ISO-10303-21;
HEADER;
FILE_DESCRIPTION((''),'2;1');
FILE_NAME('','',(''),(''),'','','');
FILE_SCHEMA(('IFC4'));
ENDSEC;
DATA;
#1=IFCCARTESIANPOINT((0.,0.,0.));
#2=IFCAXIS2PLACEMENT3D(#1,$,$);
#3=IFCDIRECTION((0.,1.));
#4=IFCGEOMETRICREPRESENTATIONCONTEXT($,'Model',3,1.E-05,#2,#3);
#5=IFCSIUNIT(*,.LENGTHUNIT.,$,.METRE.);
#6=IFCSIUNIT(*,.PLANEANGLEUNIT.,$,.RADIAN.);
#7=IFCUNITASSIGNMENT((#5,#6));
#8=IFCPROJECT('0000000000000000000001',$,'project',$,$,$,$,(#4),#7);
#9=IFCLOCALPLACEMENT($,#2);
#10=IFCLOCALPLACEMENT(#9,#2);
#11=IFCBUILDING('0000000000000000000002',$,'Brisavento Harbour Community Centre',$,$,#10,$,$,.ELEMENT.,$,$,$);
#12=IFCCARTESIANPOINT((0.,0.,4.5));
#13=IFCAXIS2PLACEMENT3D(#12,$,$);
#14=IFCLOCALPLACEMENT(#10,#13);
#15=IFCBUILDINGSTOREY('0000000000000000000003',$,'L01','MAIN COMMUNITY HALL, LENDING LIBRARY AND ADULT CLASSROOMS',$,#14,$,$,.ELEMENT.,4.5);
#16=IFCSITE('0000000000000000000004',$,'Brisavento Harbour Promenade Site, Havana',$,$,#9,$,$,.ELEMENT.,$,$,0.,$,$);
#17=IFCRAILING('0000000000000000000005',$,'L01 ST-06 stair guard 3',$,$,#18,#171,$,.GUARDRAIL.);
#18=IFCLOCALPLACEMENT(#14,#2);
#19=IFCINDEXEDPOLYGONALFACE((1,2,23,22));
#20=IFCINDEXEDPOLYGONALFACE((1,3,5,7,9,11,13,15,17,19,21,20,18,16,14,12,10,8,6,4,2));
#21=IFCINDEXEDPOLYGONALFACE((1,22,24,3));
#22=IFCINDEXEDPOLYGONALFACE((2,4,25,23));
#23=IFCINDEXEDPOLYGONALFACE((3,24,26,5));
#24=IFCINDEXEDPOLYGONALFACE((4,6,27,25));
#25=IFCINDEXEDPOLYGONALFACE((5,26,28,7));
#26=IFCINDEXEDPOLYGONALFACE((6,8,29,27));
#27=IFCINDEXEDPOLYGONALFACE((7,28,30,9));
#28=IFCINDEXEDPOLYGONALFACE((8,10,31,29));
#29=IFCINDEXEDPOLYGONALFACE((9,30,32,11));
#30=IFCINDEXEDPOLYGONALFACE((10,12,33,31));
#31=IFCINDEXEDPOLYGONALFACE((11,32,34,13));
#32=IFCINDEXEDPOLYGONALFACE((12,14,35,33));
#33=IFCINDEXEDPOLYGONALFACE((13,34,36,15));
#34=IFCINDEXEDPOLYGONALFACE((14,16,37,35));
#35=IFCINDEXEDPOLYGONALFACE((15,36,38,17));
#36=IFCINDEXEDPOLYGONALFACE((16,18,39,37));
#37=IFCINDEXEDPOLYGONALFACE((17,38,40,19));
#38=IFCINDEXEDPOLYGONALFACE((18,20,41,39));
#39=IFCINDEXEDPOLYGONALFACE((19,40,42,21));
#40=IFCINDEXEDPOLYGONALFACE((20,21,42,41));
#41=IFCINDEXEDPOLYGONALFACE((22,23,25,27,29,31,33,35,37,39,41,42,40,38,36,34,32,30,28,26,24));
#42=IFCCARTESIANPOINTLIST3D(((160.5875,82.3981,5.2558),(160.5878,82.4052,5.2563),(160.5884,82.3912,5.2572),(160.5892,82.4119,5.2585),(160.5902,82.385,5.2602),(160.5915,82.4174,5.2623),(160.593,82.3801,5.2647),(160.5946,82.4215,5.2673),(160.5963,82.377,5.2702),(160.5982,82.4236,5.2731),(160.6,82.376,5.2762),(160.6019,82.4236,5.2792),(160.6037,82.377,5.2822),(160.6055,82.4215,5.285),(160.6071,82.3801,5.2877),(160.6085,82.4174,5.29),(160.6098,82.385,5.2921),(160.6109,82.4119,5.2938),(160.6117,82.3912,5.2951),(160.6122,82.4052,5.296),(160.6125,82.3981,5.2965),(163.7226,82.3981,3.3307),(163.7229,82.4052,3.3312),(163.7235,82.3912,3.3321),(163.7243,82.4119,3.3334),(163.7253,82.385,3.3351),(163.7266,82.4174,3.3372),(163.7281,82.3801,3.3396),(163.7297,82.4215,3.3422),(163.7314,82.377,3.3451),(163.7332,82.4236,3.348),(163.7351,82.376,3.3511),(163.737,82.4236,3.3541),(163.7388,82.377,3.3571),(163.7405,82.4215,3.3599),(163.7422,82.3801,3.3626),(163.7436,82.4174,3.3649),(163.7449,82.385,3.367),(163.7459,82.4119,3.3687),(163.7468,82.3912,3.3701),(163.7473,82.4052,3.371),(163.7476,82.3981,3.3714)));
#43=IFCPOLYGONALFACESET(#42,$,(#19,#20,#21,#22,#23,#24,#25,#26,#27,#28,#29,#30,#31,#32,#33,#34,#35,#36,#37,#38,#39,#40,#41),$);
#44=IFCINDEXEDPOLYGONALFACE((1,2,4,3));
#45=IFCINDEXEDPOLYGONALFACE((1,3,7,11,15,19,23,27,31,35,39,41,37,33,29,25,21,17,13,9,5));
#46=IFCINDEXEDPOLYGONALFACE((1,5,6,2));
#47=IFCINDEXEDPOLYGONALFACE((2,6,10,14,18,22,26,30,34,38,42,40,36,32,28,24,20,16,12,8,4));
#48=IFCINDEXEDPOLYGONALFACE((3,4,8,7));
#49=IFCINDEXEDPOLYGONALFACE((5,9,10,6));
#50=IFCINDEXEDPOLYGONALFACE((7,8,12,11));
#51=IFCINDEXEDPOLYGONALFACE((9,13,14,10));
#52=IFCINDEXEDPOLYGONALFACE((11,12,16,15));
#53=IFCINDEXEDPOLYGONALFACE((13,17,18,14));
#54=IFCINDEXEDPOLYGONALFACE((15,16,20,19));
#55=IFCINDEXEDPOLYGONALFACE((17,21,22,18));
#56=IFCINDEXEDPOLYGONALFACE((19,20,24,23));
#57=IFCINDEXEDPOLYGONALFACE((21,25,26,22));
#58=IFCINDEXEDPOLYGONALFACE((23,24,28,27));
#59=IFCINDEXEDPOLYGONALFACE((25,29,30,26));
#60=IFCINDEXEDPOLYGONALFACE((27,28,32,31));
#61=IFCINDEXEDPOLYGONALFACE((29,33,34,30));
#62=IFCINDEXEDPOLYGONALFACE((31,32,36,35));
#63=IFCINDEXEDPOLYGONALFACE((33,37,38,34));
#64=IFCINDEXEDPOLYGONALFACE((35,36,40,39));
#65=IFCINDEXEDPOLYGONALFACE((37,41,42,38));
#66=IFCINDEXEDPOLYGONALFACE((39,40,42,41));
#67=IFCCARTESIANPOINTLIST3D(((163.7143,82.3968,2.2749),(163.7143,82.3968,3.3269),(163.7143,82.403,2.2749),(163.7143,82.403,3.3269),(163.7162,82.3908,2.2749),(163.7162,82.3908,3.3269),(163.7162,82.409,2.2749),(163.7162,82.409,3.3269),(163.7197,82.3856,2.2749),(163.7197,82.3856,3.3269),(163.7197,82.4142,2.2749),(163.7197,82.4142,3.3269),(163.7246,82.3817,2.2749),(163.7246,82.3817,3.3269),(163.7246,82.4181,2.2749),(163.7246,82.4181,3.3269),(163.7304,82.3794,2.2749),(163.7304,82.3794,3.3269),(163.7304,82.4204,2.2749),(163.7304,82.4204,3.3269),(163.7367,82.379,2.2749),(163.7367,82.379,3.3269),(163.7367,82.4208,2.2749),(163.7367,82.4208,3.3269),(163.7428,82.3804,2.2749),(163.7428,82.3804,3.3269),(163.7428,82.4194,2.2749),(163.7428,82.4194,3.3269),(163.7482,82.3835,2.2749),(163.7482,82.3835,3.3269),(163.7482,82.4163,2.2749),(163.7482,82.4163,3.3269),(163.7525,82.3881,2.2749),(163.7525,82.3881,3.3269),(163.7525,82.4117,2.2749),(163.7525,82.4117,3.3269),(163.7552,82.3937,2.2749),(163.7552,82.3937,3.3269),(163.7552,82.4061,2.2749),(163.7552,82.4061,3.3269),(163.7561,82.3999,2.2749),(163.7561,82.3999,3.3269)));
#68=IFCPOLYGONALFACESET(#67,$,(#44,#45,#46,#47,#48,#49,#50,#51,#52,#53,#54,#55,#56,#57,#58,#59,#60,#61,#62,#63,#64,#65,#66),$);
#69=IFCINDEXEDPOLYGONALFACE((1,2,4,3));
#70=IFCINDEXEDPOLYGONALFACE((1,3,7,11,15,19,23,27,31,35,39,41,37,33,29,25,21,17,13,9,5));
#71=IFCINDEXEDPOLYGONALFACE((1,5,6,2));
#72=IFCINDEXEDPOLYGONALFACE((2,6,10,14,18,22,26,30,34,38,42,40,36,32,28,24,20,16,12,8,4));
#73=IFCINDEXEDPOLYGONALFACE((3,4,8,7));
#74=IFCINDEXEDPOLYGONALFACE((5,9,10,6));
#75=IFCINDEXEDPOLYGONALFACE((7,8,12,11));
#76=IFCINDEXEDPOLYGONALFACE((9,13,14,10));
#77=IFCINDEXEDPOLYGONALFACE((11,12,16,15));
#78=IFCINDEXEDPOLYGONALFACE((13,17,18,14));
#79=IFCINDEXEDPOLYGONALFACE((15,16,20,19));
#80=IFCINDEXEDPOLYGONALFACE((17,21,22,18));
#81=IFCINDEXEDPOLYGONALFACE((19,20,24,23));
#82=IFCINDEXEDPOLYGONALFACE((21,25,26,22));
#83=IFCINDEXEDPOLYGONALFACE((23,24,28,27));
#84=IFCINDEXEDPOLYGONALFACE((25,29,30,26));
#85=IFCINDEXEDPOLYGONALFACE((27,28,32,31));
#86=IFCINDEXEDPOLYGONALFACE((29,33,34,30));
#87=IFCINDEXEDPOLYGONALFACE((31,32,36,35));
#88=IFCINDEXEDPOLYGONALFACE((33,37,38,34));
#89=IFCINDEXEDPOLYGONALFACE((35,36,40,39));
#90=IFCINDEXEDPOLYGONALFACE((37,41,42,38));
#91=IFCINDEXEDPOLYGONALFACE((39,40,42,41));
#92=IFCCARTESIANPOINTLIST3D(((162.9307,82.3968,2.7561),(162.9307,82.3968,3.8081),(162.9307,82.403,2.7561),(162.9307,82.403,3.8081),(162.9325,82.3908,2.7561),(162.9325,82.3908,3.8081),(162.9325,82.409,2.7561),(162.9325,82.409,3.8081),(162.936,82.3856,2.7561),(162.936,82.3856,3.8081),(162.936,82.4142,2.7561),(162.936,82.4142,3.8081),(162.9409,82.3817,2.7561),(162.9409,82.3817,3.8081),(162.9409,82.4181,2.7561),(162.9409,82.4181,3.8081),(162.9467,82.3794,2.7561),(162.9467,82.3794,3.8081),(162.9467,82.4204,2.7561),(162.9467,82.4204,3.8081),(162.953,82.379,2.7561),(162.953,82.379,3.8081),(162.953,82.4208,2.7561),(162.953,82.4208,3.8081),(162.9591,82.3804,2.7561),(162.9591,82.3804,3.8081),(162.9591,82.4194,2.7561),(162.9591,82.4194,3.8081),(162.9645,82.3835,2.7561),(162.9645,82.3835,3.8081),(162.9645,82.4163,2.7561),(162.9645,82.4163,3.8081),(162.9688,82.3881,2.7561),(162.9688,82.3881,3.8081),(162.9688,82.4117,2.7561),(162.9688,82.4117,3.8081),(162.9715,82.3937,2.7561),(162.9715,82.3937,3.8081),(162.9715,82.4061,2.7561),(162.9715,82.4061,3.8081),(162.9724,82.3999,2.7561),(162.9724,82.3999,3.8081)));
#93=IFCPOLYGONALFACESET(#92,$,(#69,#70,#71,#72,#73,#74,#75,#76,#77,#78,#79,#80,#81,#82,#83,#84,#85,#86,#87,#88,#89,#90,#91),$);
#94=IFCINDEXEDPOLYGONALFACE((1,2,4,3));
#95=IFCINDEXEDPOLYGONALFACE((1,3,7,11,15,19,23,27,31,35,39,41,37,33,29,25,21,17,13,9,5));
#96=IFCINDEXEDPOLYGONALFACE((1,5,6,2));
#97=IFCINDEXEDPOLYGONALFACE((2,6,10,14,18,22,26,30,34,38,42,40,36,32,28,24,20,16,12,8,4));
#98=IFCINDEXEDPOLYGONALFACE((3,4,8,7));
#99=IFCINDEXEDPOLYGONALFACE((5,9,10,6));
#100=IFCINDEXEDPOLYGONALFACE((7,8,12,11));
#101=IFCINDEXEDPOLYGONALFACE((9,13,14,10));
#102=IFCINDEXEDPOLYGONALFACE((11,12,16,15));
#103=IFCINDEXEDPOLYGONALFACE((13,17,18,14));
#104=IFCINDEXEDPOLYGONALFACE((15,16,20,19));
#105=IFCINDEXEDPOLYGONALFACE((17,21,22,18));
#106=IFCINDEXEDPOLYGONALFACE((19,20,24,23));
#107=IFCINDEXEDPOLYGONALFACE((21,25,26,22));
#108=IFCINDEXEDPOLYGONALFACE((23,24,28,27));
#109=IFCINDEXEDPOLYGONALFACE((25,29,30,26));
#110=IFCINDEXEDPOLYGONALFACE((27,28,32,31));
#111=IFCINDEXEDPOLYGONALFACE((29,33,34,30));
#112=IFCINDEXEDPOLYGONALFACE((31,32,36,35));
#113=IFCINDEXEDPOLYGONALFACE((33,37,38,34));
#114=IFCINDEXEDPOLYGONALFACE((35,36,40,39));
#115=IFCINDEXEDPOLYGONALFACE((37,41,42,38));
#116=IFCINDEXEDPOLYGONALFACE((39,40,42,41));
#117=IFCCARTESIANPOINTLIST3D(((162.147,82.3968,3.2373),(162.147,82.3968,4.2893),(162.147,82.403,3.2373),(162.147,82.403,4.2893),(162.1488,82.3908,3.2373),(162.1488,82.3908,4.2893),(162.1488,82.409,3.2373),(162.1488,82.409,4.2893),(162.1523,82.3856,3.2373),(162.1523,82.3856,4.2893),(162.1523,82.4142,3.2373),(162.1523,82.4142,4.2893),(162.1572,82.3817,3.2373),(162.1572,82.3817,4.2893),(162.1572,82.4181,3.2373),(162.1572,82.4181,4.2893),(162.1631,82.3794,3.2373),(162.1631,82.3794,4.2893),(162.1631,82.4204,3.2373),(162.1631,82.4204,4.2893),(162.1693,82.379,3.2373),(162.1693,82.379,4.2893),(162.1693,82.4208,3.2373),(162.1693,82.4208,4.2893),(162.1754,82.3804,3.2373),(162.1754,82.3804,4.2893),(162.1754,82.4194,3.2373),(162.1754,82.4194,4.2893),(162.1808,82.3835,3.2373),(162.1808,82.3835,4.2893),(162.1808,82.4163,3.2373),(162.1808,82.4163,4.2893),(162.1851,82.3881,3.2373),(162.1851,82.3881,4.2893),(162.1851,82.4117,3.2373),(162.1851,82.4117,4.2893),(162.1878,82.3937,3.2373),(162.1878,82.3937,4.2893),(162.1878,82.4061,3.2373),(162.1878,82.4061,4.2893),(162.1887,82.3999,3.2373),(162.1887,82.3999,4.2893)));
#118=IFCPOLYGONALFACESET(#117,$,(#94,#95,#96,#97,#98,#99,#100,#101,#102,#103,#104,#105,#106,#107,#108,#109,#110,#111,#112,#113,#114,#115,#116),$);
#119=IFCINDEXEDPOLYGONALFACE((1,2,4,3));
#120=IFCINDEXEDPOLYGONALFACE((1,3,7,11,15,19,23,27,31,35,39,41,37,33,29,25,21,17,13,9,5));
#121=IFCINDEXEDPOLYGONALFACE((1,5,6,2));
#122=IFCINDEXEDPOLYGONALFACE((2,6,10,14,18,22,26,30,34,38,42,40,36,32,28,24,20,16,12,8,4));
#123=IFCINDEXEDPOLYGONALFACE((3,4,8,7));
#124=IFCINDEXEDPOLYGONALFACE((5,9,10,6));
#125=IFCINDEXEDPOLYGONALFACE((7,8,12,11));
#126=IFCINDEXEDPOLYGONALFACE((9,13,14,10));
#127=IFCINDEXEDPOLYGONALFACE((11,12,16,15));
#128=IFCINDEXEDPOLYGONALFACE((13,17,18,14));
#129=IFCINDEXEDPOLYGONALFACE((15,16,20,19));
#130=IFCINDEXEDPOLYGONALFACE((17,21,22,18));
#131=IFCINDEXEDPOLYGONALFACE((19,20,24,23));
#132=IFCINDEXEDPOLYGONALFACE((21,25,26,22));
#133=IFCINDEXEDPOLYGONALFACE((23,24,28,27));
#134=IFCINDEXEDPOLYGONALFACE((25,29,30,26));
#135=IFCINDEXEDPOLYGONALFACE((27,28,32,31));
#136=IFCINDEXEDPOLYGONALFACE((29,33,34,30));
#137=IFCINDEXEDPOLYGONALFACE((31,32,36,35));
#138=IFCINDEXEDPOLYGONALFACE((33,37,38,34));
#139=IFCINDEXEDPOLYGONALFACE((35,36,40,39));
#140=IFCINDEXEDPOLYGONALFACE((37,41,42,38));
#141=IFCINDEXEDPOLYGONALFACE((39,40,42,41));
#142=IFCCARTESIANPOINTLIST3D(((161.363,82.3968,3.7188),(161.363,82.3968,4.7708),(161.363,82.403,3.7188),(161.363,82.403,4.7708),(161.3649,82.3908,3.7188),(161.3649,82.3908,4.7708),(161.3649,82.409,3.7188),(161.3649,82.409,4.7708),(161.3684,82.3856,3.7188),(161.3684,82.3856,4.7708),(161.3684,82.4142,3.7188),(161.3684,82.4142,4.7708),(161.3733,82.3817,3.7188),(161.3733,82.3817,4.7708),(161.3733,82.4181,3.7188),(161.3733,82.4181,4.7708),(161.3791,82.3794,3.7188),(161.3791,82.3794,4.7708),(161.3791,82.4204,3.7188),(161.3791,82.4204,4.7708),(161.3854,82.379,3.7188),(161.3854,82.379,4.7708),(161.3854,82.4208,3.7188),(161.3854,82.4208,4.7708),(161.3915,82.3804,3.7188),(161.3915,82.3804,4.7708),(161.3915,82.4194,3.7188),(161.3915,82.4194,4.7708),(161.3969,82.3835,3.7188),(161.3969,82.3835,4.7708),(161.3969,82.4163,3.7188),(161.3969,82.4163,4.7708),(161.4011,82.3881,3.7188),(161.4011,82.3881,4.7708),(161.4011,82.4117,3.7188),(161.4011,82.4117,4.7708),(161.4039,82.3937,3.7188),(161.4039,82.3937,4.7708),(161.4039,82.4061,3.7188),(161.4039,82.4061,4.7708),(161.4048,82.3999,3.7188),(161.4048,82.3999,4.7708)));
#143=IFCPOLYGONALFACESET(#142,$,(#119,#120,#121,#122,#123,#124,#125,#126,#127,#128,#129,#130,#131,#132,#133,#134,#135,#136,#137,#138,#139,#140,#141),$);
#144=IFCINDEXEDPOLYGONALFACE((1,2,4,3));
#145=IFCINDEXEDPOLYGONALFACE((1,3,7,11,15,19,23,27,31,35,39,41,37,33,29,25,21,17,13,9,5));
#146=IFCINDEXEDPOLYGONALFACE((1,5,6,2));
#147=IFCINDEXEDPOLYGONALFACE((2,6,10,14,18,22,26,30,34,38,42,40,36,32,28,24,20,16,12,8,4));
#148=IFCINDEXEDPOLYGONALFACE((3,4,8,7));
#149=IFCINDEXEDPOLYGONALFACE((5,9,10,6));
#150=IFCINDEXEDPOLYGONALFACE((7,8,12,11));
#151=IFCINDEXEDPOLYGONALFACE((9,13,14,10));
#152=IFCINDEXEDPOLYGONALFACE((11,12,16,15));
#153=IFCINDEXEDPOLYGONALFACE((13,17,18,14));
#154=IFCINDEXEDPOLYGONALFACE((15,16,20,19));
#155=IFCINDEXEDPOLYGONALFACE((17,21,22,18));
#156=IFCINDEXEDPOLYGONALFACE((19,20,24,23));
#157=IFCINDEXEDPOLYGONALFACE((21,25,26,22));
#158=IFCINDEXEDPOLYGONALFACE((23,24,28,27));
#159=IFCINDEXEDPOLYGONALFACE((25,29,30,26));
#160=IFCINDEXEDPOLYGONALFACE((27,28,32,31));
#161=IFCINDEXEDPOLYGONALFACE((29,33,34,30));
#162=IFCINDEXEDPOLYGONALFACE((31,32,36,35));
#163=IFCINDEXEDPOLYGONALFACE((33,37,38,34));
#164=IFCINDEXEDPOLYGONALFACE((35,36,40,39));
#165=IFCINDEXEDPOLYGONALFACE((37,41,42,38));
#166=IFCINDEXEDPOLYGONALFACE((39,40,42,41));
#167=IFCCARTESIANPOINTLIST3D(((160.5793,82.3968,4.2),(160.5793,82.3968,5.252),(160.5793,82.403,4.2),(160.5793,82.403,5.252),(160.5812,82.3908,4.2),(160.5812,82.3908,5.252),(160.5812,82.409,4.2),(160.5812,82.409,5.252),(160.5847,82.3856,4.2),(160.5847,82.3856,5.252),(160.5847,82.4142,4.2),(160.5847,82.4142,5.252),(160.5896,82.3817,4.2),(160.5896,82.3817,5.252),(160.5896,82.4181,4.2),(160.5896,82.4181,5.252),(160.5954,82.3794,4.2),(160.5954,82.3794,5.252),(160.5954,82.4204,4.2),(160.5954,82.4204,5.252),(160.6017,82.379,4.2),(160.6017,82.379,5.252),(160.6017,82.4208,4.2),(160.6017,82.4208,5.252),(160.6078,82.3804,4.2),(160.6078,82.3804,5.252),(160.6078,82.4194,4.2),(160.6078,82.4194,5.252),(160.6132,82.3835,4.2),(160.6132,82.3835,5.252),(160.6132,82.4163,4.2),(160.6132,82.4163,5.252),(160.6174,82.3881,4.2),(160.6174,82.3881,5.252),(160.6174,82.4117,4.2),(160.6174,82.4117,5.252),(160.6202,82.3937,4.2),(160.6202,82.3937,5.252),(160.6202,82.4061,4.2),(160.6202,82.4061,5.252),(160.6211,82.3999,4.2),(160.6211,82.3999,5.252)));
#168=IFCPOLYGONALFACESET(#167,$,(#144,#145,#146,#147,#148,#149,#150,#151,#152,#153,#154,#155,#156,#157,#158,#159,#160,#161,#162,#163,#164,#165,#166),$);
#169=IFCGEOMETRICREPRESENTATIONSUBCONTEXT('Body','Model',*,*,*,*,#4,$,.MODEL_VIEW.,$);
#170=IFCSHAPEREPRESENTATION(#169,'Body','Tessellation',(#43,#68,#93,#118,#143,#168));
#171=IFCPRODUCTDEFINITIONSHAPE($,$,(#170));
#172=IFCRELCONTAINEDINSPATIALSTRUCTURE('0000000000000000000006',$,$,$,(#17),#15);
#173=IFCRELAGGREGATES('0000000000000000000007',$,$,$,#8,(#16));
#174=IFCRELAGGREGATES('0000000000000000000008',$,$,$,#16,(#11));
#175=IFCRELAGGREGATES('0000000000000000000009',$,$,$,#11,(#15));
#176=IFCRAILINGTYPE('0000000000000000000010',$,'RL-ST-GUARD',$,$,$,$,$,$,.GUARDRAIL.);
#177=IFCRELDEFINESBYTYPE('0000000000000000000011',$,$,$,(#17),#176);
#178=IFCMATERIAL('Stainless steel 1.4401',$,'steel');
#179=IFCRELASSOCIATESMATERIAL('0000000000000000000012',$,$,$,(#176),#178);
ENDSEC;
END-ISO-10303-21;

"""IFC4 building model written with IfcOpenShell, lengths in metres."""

from ifc_helpers import new_model, si_unit, direction, frame, origin, origin_2d, place, context, subcontext, project, spatial, circle, extrude, material, type_object, element, save


model = new_model("IFC4")

# Units and contexts
model_context = context("Model", 3, precision=1e-05, world=origin(), true_north=direction((0.0, 1.0)))
body_context = subcontext(model_context, "Body", "Model", "MODEL_VIEW")
ifc_project = project(units=[si_unit("LENGTHUNIT", "METRE"), si_unit("PLANEANGLEUNIT", "RADIAN")], contexts=[model_context])

# Site, building, storey
site_placement = place(None, origin())
site = spatial("IfcSite", under=ifc_project, at=site_placement, Name="Brisavento Harbour Promenade Site, Havana", CompositionType="ELEMENT", RefElevation=0.0)
building_placement = place(site_placement, origin())
building = spatial("IfcBuilding", under=site, at=building_placement, Name="Brisavento Harbour Community Centre", CompositionType="ELEMENT")
storey_placement = place(building_placement, frame((0.0, 0.0, 4.5)))
storey = spatial("IfcBuildingStorey", under=building, at=storey_placement, Name="L01", Description="MAIN COMMUNITY HALL, LENDING LIBRARY AND ADULT CLASSROOMS", CompositionType="ELEMENT", Elevation=4.5)

# Railing
ifc_material_1 = material(Name="Stainless steel 1.4401", Category="steel")
railing_type_1 = type_object("IfcRailingType", Name="RL-ST-GUARD", PredefinedType="GUARDRAIL", material=ifc_material_1)
railing_1_placement = place(storey_placement, frame((163.7351, 82.3999, 2.2749)))
element("IfcRailing", 1, at=railing_1_placement, inside=storey, type_object=railing_type_1, Name="L01 ST-06 stair guard 3", PredefinedType="GUARDRAIL", context=body_context, shape_type="SweptSolid", body=[
    extrude(circle(Radius=0.0239, at=origin_2d()), frame((0.0, 0.0, 1.0762), z_axis=(-0.852166, 0.0, 0.523271), x_axis=(0.0, -1.0, 0.0)), (0.0, 0.0, 1.0), 3.679),
    extrude(circle(Radius=0.021, at=origin_2d()), origin(), (0.0, 0.0, 1.0), 1.052),
    extrude(circle(Radius=0.021, at=origin_2d()), frame((-0.7837, 0.0, 0.4812)), (0.0, 0.0, 1.0), 1.052),
    extrude(circle(Radius=0.021, at=origin_2d()), frame((-1.5674, 0.0, 0.9624)), (0.0, 0.0, 1.0), 1.052),
    extrude(circle(Radius=0.021, at=origin_2d()), frame((-2.3513, 0.0, 1.4438)), (0.0, 0.0, 1.0), 1.052),
    extrude(circle(Radius=0.021, at=origin_2d()), frame((-3.135, 0.0, 1.925)), (0.0, 0.0, 1.0), 1.052),
])

save(model, "model.ifc")
